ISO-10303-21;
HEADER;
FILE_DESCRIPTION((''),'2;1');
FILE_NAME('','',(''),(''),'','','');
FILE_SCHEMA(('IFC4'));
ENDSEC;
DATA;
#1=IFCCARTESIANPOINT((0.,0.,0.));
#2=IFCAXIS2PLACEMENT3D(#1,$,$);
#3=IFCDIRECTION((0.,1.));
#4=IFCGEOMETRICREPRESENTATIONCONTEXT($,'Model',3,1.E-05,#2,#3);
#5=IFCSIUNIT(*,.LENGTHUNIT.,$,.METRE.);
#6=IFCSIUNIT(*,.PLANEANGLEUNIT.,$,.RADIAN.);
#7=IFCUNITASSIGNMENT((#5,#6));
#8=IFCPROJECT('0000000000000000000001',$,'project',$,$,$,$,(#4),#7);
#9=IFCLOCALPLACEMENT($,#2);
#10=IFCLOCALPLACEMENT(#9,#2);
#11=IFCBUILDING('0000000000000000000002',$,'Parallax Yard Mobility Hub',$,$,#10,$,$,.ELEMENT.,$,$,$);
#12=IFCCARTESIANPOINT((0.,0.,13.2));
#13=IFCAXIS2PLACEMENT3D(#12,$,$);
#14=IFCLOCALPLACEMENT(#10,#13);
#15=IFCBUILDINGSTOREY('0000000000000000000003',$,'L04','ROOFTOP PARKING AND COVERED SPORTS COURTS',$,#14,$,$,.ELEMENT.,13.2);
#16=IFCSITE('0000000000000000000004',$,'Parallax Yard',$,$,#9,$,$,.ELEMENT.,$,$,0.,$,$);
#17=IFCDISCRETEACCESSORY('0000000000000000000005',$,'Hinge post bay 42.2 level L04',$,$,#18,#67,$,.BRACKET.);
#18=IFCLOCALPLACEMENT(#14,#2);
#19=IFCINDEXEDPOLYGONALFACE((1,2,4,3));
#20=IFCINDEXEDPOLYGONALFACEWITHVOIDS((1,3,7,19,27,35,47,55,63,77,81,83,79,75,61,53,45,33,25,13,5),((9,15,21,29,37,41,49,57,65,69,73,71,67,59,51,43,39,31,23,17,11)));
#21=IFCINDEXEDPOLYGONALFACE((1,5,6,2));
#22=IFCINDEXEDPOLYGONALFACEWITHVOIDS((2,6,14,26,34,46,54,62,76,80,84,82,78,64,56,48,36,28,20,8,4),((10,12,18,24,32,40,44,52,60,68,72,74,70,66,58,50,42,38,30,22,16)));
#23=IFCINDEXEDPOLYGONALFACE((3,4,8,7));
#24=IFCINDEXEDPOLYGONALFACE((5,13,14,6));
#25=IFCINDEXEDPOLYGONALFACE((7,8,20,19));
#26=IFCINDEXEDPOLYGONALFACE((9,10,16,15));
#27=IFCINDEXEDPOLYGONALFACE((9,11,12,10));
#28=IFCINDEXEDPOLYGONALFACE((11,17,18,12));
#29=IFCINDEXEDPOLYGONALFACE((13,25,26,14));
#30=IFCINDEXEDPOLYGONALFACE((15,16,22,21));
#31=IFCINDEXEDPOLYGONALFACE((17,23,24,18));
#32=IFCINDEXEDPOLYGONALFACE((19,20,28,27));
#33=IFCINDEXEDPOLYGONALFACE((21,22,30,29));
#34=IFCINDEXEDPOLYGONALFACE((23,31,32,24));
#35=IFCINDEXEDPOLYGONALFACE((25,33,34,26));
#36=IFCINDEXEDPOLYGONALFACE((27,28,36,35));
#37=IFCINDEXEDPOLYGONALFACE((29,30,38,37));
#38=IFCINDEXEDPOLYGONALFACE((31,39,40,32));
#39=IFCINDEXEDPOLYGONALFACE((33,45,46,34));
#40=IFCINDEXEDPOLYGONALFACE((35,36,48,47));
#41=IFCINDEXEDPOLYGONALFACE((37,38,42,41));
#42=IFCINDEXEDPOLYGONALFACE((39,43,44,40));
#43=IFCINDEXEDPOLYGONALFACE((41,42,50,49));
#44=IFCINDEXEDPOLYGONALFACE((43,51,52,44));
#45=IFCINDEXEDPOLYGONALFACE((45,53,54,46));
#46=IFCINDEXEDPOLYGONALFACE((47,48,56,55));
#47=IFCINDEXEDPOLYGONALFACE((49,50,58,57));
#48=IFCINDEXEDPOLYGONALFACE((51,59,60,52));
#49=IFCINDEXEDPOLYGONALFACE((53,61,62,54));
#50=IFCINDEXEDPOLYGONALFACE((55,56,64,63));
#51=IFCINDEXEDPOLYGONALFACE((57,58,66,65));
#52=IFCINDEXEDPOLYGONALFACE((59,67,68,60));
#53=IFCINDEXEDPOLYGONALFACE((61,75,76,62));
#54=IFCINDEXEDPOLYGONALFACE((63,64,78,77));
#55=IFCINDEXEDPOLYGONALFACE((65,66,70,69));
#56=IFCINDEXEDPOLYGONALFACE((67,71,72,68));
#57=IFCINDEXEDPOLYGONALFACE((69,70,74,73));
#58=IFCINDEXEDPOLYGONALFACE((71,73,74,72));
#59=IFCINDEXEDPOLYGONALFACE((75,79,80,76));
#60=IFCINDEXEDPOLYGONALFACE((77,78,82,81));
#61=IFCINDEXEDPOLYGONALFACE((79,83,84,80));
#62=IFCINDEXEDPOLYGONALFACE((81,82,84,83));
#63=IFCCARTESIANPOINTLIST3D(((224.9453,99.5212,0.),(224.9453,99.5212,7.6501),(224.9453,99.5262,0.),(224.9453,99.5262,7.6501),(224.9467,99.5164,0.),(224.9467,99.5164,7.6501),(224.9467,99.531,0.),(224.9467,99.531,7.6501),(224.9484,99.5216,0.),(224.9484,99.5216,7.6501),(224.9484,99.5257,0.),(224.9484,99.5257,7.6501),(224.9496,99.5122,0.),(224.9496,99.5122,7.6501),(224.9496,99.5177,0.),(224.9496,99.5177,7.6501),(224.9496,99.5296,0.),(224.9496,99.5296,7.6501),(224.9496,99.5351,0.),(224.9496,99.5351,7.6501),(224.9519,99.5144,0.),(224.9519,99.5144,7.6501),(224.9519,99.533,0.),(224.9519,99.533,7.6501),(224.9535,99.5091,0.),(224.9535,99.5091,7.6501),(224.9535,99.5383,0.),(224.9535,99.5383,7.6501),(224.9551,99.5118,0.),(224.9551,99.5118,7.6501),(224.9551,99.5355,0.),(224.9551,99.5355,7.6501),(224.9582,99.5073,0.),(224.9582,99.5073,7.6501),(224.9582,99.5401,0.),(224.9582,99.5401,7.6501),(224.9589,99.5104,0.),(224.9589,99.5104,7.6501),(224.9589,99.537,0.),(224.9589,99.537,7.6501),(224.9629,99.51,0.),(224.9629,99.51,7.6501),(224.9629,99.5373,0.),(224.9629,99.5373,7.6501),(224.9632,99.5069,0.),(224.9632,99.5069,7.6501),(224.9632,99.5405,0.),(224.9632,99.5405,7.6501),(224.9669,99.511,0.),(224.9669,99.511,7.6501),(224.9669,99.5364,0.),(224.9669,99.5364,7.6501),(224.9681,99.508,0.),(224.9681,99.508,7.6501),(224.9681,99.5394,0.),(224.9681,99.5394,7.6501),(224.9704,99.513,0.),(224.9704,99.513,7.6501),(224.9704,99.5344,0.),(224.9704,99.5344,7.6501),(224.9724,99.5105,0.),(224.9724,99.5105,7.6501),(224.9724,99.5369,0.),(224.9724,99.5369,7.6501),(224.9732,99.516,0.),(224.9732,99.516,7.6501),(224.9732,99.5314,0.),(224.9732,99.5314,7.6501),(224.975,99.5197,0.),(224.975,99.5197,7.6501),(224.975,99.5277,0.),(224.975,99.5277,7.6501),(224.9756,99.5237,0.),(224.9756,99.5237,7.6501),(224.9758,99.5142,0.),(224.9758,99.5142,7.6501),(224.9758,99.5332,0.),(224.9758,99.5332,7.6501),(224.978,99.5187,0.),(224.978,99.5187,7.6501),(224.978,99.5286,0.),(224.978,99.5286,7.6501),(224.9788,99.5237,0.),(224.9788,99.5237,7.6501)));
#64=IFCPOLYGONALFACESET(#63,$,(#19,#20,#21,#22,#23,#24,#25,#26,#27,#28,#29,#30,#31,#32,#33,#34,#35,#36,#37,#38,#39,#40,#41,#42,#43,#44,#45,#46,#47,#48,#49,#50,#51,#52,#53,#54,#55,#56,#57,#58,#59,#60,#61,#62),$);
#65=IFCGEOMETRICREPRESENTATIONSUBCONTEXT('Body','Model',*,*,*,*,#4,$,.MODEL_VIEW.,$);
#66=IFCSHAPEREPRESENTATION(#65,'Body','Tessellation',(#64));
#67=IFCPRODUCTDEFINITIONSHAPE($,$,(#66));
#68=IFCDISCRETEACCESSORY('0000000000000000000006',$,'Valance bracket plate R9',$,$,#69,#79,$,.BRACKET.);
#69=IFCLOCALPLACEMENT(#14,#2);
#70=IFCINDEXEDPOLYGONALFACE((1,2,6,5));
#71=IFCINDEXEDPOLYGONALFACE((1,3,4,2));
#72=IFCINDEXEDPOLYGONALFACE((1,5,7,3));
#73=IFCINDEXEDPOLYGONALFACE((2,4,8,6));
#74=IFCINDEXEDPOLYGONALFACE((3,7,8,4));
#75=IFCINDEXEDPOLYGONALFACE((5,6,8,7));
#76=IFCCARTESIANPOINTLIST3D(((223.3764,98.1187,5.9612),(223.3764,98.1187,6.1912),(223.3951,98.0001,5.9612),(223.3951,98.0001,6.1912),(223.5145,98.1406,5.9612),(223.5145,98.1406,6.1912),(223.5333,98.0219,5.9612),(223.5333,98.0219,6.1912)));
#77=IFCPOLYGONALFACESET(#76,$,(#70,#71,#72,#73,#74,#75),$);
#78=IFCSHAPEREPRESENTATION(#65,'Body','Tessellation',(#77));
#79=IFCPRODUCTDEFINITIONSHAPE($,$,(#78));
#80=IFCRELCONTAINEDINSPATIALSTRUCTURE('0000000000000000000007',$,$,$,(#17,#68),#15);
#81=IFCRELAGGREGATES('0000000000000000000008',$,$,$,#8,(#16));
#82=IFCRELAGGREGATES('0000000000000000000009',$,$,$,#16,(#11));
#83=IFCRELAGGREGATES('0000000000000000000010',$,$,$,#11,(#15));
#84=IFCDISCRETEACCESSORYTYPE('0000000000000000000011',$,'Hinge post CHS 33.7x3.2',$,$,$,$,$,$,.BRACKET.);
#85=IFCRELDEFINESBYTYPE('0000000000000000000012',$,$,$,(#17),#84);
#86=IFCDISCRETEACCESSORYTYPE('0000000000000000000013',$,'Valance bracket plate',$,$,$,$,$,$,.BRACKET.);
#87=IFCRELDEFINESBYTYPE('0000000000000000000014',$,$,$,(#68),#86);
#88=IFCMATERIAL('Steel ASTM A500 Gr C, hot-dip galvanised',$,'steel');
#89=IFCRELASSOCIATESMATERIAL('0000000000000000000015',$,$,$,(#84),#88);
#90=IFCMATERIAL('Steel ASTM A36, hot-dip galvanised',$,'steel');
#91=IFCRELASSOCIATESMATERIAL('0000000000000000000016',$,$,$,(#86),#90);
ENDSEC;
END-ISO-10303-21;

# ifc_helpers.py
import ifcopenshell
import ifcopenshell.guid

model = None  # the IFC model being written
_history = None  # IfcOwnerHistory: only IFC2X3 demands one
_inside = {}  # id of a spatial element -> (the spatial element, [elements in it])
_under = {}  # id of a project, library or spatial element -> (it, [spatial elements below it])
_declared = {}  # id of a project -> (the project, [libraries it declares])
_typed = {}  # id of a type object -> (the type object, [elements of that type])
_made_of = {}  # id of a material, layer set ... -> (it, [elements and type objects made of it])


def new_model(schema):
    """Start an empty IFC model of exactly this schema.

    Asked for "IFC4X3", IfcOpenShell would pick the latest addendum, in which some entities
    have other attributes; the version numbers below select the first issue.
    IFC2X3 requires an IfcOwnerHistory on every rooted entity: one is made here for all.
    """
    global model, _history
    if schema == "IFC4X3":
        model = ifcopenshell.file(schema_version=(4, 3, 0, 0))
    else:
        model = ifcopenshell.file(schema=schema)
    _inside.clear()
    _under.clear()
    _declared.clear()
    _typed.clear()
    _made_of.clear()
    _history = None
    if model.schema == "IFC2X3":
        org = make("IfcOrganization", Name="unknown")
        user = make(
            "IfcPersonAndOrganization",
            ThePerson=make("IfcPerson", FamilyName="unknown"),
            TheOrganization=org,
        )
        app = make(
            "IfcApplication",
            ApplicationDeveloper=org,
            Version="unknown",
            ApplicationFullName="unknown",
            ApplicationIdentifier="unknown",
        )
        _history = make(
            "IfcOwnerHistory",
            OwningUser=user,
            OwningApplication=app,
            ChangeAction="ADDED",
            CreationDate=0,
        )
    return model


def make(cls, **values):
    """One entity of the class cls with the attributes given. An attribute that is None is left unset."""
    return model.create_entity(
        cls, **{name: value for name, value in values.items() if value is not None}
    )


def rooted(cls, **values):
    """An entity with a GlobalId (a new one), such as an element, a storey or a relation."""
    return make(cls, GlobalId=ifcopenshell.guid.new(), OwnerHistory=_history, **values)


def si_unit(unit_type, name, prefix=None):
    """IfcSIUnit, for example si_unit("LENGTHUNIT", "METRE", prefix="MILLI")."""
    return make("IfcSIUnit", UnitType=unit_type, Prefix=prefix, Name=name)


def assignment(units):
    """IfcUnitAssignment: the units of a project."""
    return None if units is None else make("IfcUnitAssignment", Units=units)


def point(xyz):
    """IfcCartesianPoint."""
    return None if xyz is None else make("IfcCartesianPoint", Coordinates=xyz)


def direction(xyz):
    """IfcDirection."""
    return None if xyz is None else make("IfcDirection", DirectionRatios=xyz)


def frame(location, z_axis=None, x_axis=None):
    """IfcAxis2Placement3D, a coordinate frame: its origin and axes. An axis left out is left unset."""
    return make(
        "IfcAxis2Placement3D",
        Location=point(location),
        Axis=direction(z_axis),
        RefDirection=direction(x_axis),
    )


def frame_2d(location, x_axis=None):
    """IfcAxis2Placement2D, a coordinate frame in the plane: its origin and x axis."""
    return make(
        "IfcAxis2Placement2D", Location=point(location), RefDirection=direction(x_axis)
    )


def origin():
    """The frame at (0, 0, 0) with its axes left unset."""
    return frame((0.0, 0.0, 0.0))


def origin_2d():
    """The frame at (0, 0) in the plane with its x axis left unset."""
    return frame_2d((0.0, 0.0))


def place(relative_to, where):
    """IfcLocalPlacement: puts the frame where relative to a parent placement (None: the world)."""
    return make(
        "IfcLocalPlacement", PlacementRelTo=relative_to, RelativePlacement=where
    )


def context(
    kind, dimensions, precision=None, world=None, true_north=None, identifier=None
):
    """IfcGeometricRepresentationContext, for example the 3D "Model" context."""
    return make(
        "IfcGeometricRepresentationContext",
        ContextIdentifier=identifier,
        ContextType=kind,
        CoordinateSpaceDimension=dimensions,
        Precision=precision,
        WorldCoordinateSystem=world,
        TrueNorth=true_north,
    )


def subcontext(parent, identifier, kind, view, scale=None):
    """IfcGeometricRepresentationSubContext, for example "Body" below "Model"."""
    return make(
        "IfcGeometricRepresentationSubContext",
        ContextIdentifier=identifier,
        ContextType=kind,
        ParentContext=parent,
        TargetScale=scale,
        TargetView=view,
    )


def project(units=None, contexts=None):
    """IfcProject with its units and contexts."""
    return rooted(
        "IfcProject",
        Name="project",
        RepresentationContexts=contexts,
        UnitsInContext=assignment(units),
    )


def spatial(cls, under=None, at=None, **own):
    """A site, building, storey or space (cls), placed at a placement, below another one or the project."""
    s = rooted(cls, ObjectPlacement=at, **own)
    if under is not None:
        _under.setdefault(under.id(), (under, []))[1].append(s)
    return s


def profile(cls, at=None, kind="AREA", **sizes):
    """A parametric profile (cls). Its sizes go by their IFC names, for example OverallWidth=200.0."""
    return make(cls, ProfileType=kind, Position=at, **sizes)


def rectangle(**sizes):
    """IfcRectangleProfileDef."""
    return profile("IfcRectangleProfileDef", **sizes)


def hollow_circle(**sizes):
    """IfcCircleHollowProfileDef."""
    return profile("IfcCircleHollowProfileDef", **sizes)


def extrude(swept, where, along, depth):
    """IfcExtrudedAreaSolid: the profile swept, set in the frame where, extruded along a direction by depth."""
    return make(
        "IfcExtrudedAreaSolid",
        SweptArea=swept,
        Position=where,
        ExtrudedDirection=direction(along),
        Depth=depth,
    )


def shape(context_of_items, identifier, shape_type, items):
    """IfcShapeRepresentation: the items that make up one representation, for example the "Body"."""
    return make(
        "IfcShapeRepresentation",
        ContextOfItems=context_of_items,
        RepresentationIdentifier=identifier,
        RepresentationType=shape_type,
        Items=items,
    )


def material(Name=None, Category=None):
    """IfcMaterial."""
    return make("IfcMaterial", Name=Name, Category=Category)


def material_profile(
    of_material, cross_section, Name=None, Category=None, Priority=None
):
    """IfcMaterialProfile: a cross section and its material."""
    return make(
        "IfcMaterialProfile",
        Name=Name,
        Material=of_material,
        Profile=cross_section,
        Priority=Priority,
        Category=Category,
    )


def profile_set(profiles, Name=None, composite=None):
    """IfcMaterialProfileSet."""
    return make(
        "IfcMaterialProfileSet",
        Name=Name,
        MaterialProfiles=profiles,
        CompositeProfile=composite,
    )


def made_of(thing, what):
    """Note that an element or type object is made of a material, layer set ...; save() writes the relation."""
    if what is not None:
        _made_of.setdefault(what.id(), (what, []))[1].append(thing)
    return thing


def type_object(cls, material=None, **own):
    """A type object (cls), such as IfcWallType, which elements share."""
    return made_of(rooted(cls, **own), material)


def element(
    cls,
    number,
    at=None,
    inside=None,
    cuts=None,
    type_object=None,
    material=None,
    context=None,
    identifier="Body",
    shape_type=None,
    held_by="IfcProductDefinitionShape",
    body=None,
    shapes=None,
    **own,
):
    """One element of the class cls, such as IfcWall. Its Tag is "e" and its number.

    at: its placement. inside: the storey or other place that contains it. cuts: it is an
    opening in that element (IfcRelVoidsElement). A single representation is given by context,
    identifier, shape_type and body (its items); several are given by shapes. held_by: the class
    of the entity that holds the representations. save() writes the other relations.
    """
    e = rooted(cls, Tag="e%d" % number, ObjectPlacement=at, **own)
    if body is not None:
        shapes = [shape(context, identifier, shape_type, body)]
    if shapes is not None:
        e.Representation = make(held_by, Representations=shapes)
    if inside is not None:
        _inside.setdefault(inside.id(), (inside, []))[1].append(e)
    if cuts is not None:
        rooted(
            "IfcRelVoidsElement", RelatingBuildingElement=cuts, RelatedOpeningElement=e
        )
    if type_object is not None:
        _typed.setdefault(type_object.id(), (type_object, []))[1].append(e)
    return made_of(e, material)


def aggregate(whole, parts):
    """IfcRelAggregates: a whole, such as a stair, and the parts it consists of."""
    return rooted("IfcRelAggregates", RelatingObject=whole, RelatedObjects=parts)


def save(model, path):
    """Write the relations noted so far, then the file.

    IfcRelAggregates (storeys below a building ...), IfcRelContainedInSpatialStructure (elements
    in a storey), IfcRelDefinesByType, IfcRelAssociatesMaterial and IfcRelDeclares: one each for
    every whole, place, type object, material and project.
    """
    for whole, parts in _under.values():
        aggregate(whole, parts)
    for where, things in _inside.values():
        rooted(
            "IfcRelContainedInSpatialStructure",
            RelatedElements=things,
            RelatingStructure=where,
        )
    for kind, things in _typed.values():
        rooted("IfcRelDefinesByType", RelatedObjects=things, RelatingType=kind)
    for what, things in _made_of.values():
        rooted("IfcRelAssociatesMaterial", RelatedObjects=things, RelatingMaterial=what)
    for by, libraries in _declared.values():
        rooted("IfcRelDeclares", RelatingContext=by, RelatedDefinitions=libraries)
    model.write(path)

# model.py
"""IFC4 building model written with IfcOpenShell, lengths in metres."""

from ifc_helpers import new_model, si_unit, direction, frame, origin, origin_2d, place, context, subcontext, project, spatial, rectangle, hollow_circle, extrude, material, material_profile, profile_set, type_object, element, save


model = new_model("IFC4")

# Units and contexts
model_context = context("Model", 3, precision=1e-05, world=origin(), true_north=direction((0.0, 1.0)))
body_context = subcontext(model_context, "Body", "Model", "MODEL_VIEW")
ifc_project = project(units=[si_unit("LENGTHUNIT", "METRE"), si_unit("PLANEANGLEUNIT", "RADIAN")], contexts=[model_context])

# Site, building, storey
site_placement = place(None, origin())
site = spatial("IfcSite", under=ifc_project, at=site_placement, Name="Parallax Yard", CompositionType="ELEMENT", RefElevation=0.0)
building_placement = place(site_placement, origin())
building = spatial("IfcBuilding", under=site, at=building_placement, Name="Parallax Yard Mobility Hub", CompositionType="ELEMENT")
storey_placement = place(building_placement, frame((0.0, 0.0, 13.2)))
storey = spatial("IfcBuildingStorey", under=building, at=storey_placement, Name="L04", Description="ROOFTOP PARKING AND COVERED SPORTS COURTS", CompositionType="ELEMENT", Elevation=13.2)

# Discrete accessories
ifc_material_1 = material(Name="Steel ASTM A36, hot-dip galvanised", Category="steel")
ifc_material_2 = material(Name="Steel ASTM A500 Gr C, hot-dip galvanised", Category="steel")
ifc_material_profile_1 = material_profile(ifc_material_2, hollow_circle(Radius=0.0168, WallThickness=0.0032, at=origin_2d()), Name="CHS 33.7x3.2")
ifc_profile_set_1 = profile_set([ifc_material_profile_1], Name="Steel ASTM A500 Gr C, hot-dip galvanised")
discrete_accessory_type_1 = type_object("IfcDiscreteAccessoryType", Name="Hinge post CHS 33.7x3.2", PredefinedType="BRACKET", material=ifc_profile_set_1)
discrete_accessory_1_placement = place(storey_placement, frame((224.9619, 99.5237, 0.0), z_axis=(0.0, 0.0, 1.0), x_axis=(1.0, 0.0, 0.0)))
element("IfcDiscreteAccessory", 1, at=discrete_accessory_1_placement, inside=storey, type_object=discrete_accessory_type_1, Name="Hinge post bay 42.2 level L04", PredefinedType="BRACKET", context=body_context, shape_type="SweptSolid", body=[
    extrude(hollow_circle(Radius=0.0168, WallThickness=0.0032, at=origin_2d()), origin(), (0.0, 0.0, 1.0), 7.6501),
])
discrete_accessory_type_2 = type_object("IfcDiscreteAccessoryType", Name="Valance bracket plate", PredefinedType="BRACKET", material=ifc_material_1)
discrete_accessory_2_placement = place(storey_placement, frame((223.4548, 98.0703, 5.9612), z_axis=(0.0, 0.0, 1.0), x_axis=(0.987688, 0.156434, 0.0)))
element("IfcDiscreteAccessory", 2, at=discrete_accessory_2_placement, inside=storey, type_object=discrete_accessory_type_2, Name="Valance bracket plate R9", PredefinedType="BRACKET", context=body_context, shape_type="SweptSolid", body=[
    extrude(rectangle(XDim=0.1399, YDim=0.1201, at=origin_2d()), origin(), (0.0, 0.0, 1.0), 0.23),
])

save(model, "model.ifc")
